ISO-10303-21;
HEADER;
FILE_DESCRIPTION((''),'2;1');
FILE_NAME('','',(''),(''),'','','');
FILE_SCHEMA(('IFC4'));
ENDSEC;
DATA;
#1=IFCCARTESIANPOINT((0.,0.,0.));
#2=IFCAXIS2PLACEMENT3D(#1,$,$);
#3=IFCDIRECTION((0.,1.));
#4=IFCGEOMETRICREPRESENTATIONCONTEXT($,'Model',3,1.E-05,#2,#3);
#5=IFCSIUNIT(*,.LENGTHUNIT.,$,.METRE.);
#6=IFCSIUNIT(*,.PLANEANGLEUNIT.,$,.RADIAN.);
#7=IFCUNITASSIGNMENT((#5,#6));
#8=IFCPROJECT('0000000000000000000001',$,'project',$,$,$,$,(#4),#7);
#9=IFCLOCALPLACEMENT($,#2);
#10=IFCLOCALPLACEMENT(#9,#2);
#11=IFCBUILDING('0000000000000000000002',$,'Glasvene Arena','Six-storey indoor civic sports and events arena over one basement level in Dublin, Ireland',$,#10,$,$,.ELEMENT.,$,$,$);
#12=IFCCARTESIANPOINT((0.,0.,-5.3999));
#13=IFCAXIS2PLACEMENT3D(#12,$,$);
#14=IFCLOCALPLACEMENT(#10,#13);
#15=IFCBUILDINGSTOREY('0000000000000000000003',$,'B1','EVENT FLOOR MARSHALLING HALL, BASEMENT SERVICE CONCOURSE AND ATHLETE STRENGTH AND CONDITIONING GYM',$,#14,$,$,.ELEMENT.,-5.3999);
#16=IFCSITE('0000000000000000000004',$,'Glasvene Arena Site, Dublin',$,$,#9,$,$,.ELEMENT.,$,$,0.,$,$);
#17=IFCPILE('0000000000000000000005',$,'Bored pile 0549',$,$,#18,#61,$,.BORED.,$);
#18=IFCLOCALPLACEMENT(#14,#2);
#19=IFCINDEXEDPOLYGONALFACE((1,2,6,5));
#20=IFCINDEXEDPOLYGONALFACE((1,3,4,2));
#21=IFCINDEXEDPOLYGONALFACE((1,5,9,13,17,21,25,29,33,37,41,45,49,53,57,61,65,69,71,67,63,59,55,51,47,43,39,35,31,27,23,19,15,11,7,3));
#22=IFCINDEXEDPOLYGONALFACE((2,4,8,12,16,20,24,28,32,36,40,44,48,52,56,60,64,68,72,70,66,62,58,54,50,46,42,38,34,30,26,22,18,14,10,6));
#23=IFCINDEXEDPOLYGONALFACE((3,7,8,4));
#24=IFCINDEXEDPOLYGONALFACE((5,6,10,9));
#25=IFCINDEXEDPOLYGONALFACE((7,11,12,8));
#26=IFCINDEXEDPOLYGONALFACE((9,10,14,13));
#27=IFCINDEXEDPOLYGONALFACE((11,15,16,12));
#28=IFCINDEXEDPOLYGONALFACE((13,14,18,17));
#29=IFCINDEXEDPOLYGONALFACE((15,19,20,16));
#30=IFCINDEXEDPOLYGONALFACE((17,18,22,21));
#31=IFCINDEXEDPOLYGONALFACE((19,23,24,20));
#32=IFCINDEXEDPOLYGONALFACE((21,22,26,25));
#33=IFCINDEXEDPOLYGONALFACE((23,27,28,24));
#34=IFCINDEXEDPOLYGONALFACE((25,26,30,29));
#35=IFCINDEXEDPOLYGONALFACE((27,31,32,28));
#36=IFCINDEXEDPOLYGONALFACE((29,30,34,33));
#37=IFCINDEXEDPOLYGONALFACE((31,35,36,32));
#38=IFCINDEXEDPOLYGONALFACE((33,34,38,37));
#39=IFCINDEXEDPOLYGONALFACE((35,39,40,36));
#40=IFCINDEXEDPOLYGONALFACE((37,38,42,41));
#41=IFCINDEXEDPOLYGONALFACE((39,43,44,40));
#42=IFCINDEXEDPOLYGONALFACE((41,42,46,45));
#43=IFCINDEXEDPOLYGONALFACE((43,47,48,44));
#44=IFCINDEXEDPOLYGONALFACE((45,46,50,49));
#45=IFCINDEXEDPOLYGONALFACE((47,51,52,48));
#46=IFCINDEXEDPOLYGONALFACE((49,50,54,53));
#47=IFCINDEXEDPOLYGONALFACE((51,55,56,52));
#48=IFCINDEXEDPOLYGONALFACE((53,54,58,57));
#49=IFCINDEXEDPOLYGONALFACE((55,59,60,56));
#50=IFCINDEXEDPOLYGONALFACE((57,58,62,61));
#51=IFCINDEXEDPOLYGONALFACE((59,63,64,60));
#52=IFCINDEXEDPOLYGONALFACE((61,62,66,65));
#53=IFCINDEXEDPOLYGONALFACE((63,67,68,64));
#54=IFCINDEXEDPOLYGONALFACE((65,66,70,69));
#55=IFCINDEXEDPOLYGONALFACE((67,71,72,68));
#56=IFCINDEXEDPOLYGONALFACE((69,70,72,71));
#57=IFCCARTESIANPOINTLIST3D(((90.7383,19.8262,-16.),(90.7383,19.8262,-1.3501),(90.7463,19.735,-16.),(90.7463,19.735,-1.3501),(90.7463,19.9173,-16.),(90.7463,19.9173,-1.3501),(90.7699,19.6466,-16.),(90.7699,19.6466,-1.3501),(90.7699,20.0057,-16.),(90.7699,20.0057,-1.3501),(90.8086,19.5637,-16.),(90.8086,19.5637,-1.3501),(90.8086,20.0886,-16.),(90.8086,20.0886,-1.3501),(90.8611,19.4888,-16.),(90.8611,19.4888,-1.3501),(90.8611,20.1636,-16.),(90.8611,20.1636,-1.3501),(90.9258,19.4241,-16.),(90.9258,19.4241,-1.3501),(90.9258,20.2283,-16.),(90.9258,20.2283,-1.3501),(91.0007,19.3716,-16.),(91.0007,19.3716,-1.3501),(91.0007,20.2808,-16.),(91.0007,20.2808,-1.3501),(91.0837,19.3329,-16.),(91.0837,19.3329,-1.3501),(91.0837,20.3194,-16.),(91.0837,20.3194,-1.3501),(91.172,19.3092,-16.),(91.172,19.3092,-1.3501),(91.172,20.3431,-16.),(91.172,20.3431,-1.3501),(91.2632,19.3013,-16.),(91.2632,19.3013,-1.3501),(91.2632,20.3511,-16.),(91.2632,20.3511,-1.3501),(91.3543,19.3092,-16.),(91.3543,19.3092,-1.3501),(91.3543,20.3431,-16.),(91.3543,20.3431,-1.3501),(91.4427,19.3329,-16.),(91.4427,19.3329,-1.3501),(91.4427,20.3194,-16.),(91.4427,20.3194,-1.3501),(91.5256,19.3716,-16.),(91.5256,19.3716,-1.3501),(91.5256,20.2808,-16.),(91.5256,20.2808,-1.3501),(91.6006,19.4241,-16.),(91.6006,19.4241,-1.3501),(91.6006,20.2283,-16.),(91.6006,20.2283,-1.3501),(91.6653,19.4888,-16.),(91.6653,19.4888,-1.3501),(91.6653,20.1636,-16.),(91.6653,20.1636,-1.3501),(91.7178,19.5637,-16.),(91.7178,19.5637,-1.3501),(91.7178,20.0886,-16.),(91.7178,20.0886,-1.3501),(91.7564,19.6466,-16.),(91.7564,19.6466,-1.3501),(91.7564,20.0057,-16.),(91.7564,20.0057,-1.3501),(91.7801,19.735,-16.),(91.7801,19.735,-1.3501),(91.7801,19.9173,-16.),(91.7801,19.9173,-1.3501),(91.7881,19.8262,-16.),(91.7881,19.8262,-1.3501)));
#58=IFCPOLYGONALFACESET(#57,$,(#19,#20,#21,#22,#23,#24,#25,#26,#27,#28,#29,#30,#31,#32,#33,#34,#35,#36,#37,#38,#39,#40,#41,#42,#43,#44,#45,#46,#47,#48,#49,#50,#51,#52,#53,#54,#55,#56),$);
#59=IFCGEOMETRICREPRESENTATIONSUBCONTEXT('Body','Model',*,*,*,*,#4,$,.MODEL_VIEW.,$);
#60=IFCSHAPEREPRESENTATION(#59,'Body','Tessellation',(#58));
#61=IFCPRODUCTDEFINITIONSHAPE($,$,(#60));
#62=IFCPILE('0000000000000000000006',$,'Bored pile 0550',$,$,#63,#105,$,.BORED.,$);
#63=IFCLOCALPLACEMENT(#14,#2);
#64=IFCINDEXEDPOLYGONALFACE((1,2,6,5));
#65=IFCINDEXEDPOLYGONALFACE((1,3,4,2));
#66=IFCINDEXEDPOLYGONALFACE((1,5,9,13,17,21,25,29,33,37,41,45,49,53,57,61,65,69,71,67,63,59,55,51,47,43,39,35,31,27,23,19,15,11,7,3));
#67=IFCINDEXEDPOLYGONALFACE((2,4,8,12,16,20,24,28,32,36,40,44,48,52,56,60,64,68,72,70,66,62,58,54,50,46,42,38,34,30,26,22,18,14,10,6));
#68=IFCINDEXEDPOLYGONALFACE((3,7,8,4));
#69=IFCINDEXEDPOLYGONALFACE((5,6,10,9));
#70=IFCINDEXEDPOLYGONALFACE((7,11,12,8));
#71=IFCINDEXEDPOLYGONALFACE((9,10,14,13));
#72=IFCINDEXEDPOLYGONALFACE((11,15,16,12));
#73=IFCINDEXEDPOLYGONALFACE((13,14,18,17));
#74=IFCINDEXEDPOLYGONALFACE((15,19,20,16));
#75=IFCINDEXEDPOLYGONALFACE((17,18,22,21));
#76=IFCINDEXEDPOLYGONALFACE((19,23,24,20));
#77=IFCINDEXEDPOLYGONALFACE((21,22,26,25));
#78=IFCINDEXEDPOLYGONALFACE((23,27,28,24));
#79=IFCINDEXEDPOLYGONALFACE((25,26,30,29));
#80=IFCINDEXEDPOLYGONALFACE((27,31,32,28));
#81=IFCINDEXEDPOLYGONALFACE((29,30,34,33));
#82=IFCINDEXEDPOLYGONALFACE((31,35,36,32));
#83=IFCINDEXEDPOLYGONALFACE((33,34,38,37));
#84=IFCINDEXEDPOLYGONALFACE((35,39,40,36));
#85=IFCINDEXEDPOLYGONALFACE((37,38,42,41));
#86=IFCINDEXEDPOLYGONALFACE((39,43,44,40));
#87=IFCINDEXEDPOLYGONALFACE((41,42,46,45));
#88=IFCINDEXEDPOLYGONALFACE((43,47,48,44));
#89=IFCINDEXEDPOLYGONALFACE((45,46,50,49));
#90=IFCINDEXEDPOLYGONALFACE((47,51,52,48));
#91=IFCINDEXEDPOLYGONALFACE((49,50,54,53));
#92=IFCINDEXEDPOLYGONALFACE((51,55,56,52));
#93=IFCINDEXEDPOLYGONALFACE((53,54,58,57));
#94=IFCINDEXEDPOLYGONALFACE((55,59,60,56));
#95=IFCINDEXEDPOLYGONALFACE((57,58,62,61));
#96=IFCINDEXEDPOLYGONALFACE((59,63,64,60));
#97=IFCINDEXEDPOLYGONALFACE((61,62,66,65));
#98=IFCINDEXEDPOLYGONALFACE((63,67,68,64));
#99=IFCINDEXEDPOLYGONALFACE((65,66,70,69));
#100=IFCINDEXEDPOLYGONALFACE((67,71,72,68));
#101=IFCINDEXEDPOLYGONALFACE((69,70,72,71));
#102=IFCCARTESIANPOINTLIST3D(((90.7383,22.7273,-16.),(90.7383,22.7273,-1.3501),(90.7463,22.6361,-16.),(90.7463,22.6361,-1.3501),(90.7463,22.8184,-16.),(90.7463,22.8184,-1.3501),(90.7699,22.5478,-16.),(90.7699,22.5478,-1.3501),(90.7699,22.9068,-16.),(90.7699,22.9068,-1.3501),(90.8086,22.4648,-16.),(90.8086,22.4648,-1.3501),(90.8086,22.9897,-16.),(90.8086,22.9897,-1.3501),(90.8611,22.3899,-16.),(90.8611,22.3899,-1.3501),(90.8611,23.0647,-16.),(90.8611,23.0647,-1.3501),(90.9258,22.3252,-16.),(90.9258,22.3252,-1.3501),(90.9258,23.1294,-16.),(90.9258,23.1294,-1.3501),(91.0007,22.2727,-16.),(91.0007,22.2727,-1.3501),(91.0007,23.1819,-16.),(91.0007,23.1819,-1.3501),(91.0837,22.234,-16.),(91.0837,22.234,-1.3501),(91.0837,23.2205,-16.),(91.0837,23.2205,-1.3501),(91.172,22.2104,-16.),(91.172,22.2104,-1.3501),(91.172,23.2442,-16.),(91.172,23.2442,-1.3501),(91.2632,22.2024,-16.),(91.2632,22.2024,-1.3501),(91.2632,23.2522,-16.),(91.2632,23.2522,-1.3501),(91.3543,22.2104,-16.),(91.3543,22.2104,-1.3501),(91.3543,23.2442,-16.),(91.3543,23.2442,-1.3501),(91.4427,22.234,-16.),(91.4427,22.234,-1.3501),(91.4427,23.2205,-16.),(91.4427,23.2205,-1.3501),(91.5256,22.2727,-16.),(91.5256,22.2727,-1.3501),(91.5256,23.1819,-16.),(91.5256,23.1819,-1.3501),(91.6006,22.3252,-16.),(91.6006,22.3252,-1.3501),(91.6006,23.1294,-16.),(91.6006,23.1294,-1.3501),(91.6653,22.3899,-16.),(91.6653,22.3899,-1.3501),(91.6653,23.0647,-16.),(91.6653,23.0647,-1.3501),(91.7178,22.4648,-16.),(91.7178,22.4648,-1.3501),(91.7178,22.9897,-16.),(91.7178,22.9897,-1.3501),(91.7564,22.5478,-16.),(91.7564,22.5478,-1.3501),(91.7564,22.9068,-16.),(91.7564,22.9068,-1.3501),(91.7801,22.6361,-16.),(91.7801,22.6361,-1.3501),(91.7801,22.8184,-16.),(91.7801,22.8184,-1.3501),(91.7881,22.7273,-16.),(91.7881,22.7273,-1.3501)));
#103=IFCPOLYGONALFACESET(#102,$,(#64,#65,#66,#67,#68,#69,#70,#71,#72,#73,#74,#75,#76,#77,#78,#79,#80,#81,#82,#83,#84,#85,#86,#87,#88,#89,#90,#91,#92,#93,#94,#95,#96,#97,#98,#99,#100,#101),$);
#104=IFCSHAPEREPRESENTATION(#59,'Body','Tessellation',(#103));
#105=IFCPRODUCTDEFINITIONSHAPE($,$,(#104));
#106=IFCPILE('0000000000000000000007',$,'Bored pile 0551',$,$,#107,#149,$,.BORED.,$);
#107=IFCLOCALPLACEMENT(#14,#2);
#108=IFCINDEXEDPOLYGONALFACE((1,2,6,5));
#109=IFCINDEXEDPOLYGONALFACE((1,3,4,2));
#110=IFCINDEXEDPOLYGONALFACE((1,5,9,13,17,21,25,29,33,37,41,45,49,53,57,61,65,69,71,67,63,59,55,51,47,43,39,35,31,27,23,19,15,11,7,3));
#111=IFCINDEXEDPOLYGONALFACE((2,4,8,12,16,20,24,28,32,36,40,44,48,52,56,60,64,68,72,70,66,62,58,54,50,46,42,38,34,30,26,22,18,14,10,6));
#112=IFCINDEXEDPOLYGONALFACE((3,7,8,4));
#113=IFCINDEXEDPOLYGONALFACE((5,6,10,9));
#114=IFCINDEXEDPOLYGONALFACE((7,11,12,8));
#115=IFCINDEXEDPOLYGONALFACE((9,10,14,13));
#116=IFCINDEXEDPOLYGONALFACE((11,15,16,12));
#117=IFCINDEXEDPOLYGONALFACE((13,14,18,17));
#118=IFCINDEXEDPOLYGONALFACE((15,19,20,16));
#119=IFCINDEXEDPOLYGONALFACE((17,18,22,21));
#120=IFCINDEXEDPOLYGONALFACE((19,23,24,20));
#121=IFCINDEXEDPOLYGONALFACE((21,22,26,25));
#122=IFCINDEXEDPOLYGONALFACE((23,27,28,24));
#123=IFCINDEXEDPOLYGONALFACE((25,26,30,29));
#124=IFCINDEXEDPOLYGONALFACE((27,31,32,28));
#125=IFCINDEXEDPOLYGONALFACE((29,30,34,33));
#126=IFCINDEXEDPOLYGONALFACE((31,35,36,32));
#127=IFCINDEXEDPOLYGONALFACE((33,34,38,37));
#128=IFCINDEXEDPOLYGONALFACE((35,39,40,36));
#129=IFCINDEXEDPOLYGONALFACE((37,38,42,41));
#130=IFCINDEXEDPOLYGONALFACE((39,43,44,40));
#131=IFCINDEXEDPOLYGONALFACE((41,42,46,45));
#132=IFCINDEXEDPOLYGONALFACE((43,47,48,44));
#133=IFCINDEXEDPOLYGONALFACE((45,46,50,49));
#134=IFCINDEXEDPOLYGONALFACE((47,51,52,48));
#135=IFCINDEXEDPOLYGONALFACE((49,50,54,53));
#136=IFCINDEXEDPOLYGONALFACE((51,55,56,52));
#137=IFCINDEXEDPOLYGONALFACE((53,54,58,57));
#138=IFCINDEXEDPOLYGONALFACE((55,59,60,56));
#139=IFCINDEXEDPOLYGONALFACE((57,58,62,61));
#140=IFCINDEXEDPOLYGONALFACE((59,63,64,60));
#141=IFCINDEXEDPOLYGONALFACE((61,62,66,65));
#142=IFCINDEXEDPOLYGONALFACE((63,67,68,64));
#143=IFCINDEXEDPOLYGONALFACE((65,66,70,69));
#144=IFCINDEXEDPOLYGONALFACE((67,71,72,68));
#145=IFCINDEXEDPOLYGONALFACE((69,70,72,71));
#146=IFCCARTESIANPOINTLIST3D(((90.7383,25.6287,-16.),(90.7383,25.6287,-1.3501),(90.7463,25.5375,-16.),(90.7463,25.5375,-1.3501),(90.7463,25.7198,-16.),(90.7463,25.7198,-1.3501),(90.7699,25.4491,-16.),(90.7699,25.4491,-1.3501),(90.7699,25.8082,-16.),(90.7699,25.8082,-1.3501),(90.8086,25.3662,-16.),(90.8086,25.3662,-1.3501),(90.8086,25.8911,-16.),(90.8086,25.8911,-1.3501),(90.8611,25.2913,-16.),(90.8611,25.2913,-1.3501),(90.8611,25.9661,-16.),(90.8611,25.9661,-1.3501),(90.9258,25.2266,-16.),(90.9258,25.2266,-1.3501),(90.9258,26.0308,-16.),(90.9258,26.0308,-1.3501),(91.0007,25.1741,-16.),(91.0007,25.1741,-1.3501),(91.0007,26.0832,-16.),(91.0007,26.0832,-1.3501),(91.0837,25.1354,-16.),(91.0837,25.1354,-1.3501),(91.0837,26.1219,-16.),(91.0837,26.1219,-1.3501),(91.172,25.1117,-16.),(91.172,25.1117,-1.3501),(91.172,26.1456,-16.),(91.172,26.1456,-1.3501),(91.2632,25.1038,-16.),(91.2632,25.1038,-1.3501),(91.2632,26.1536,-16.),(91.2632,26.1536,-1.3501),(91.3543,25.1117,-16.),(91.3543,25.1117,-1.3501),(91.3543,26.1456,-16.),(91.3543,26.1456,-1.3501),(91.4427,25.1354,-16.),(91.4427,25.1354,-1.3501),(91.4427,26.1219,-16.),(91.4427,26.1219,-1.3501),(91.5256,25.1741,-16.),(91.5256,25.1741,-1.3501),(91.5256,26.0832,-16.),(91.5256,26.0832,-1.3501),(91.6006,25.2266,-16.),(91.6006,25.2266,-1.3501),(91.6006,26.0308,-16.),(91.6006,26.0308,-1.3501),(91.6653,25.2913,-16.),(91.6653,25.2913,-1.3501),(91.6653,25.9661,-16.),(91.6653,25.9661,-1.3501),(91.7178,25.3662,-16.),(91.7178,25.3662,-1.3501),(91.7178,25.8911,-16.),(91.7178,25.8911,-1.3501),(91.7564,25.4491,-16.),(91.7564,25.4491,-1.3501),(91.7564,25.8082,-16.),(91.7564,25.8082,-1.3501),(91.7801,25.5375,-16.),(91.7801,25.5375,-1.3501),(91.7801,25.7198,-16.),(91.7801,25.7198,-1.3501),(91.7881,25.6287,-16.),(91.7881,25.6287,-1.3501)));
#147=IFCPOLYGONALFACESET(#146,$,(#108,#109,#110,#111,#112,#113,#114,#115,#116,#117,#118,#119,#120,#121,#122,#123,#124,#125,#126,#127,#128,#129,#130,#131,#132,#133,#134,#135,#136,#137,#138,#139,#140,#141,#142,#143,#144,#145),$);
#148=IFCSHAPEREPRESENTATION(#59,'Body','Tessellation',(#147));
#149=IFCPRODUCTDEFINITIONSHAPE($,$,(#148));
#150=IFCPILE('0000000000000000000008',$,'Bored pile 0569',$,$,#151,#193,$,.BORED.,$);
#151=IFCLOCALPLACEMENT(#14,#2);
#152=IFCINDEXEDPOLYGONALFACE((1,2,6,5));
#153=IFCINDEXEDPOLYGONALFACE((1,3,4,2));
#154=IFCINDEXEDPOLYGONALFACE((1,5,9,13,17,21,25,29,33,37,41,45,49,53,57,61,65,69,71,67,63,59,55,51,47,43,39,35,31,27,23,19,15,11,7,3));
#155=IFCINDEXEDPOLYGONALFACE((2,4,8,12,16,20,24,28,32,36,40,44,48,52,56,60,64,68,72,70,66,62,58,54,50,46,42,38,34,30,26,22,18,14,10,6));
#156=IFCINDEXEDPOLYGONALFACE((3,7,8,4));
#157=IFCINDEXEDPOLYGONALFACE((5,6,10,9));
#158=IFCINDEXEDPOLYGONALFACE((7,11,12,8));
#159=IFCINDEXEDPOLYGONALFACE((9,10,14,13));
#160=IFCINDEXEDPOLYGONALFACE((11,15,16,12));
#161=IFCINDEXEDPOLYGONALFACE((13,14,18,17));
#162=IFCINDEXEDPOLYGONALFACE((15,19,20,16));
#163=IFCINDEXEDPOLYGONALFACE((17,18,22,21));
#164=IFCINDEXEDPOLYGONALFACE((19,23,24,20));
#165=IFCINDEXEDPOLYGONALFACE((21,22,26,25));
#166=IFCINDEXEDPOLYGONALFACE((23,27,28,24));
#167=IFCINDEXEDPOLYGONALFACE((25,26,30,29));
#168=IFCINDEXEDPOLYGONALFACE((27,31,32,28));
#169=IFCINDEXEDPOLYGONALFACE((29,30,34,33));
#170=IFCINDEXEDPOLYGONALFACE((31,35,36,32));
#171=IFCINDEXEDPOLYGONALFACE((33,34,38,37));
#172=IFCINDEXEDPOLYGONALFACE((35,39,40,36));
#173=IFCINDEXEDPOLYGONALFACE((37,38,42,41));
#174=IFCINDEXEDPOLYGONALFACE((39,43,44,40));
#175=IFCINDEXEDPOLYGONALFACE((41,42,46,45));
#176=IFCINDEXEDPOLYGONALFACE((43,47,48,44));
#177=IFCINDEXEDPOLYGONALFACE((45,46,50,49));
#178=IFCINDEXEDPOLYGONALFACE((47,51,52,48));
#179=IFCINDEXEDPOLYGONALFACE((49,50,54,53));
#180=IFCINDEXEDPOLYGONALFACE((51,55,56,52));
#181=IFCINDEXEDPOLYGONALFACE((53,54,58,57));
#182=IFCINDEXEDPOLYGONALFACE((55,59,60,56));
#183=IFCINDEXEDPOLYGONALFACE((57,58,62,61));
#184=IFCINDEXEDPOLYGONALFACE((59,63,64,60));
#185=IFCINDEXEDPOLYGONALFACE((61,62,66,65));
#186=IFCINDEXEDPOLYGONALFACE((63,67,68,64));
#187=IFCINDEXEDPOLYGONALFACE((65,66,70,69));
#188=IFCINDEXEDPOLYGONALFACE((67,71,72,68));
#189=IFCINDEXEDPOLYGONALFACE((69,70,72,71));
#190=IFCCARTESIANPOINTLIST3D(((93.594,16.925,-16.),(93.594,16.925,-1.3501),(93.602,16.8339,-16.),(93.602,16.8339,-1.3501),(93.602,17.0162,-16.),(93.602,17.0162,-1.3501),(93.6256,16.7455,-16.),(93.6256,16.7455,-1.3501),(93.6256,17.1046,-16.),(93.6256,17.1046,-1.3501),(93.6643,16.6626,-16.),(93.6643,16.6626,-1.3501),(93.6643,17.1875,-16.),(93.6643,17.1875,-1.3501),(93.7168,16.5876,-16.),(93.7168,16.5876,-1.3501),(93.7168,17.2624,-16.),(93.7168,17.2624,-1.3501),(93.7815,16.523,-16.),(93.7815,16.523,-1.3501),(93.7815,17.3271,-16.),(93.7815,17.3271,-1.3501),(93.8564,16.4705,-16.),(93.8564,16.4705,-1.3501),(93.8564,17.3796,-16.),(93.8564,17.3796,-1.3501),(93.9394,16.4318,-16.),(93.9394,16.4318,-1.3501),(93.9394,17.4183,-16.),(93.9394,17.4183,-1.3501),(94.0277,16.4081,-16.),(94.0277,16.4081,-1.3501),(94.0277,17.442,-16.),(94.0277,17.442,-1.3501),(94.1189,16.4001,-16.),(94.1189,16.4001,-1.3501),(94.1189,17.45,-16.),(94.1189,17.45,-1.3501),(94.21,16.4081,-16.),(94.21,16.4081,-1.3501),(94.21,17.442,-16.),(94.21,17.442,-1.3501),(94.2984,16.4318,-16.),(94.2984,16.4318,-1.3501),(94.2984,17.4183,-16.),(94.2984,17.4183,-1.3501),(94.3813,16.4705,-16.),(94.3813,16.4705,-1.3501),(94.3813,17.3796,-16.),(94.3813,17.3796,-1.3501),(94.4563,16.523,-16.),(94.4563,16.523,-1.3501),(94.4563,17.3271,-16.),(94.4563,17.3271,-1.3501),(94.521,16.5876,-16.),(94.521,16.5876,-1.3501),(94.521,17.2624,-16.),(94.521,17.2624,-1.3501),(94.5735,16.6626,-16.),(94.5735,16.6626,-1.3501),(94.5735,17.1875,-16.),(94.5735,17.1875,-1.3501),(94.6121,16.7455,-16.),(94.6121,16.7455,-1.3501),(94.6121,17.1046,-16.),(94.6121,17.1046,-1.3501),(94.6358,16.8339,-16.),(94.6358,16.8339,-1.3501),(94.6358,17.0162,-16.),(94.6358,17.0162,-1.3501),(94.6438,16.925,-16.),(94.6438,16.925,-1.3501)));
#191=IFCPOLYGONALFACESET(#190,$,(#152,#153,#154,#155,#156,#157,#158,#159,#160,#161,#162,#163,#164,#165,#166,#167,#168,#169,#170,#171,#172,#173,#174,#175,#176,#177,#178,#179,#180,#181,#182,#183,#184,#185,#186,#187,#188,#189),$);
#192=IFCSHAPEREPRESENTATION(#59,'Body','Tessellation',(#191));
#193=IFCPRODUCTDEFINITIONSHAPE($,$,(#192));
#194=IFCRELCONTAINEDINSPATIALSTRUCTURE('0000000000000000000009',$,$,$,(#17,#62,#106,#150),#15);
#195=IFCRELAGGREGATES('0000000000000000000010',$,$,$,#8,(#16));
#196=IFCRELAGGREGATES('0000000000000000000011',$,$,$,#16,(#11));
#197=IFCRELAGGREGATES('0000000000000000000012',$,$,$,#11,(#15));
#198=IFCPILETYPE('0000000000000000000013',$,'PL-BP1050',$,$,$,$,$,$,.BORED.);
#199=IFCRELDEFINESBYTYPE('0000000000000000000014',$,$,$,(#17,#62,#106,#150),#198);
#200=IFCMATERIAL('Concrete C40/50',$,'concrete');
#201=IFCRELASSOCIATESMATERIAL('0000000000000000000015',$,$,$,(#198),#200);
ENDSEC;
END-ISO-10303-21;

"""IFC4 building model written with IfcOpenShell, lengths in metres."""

from ifc_helpers import new_model, si_unit, direction, frame, origin, origin_2d, place, context, subcontext, project, spatial, circle, extrude, material, material_profile, profile_set, type_object, element, save


model = new_model("IFC4")

# Units and contexts
model_context = context("Model", 3, precision=1e-05, world=origin(), true_north=direction((0.0, 1.0)))
body_context = subcontext(model_context, "Body", "Model", "MODEL_VIEW")
ifc_project = project(units=[si_unit("LENGTHUNIT", "METRE"), si_unit("PLANEANGLEUNIT", "RADIAN")], contexts=[model_context])

# Site, building, storey
site_placement = place(None, origin())
site = spatial("IfcSite", under=ifc_project, at=site_placement, Name="Glasvene Arena Site, Dublin", CompositionType="ELEMENT", RefElevation=0.0)
building_placement = place(site_placement, origin())
building = spatial("IfcBuilding", under=site, at=building_placement, Name="Glasvene Arena", Description="Six-storey indoor civic sports and events arena over one basement level in Dublin, Ireland", CompositionType="ELEMENT")
storey_placement = place(building_placement, frame((0.0, 0.0, -5.3999)))
storey = spatial("IfcBuildingStorey", under=building, at=storey_placement, Name="B1", Description="EVENT FLOOR MARSHALLING HALL, BASEMENT SERVICE CONCOURSE AND ATHLETE STRENGTH AND CONDITIONING GYM", CompositionType="ELEMENT", Elevation=-5.3999)

# Piles
ifc_material_1 = material(Name="Concrete C40/50", Category="concrete")
ifc_material_profile_1 = material_profile(ifc_material_1, circle(Radius=0.5249, at=origin_2d()), Name="BORED PILE 1050")
ifc_profile_set_1 = profile_set([ifc_material_profile_1], Name="Concrete C40/50")
pile_type = type_object("IfcPileType", Name="PL-BP1050", PredefinedType="BORED", material=ifc_profile_set_1)
for number, where, z_axis, x_axis, name in (
    (1, (91.2632, 19.8262, -1.3501), (0.0, 0.0, -1.0), (1.0, 0.0, 0.0), "Bored pile 0549"),
    (2, (91.2632, 22.7273, -1.3501), (0.0, 0.0, -1.0), (1.0, 0.0, 0.0), "Bored pile 0550"),
    (3, (91.2632, 25.6287, -1.3501), (0.0, 0.0, -1.0), (1.0, 0.0, 0.0), "Bored pile 0551"),
    (4, (94.1189, 16.925, -1.3501), (0.0, 0.0, -1.0), (1.0, 0.0, 0.0), "Bored pile 0569"),
):
    element("IfcPile", number, at=place(storey_placement, frame(where, z_axis=z_axis, x_axis=x_axis)), inside=storey, type_object=pile_type, Name=name, PredefinedType="BORED", context=body_context, shape_type="SweptSolid", body=[
        extrude(circle(Radius=0.5249, at=origin_2d()), origin(), (0.0, 0.0, 1.0), 14.6499),
    ])

save(model, "model.ifc")
